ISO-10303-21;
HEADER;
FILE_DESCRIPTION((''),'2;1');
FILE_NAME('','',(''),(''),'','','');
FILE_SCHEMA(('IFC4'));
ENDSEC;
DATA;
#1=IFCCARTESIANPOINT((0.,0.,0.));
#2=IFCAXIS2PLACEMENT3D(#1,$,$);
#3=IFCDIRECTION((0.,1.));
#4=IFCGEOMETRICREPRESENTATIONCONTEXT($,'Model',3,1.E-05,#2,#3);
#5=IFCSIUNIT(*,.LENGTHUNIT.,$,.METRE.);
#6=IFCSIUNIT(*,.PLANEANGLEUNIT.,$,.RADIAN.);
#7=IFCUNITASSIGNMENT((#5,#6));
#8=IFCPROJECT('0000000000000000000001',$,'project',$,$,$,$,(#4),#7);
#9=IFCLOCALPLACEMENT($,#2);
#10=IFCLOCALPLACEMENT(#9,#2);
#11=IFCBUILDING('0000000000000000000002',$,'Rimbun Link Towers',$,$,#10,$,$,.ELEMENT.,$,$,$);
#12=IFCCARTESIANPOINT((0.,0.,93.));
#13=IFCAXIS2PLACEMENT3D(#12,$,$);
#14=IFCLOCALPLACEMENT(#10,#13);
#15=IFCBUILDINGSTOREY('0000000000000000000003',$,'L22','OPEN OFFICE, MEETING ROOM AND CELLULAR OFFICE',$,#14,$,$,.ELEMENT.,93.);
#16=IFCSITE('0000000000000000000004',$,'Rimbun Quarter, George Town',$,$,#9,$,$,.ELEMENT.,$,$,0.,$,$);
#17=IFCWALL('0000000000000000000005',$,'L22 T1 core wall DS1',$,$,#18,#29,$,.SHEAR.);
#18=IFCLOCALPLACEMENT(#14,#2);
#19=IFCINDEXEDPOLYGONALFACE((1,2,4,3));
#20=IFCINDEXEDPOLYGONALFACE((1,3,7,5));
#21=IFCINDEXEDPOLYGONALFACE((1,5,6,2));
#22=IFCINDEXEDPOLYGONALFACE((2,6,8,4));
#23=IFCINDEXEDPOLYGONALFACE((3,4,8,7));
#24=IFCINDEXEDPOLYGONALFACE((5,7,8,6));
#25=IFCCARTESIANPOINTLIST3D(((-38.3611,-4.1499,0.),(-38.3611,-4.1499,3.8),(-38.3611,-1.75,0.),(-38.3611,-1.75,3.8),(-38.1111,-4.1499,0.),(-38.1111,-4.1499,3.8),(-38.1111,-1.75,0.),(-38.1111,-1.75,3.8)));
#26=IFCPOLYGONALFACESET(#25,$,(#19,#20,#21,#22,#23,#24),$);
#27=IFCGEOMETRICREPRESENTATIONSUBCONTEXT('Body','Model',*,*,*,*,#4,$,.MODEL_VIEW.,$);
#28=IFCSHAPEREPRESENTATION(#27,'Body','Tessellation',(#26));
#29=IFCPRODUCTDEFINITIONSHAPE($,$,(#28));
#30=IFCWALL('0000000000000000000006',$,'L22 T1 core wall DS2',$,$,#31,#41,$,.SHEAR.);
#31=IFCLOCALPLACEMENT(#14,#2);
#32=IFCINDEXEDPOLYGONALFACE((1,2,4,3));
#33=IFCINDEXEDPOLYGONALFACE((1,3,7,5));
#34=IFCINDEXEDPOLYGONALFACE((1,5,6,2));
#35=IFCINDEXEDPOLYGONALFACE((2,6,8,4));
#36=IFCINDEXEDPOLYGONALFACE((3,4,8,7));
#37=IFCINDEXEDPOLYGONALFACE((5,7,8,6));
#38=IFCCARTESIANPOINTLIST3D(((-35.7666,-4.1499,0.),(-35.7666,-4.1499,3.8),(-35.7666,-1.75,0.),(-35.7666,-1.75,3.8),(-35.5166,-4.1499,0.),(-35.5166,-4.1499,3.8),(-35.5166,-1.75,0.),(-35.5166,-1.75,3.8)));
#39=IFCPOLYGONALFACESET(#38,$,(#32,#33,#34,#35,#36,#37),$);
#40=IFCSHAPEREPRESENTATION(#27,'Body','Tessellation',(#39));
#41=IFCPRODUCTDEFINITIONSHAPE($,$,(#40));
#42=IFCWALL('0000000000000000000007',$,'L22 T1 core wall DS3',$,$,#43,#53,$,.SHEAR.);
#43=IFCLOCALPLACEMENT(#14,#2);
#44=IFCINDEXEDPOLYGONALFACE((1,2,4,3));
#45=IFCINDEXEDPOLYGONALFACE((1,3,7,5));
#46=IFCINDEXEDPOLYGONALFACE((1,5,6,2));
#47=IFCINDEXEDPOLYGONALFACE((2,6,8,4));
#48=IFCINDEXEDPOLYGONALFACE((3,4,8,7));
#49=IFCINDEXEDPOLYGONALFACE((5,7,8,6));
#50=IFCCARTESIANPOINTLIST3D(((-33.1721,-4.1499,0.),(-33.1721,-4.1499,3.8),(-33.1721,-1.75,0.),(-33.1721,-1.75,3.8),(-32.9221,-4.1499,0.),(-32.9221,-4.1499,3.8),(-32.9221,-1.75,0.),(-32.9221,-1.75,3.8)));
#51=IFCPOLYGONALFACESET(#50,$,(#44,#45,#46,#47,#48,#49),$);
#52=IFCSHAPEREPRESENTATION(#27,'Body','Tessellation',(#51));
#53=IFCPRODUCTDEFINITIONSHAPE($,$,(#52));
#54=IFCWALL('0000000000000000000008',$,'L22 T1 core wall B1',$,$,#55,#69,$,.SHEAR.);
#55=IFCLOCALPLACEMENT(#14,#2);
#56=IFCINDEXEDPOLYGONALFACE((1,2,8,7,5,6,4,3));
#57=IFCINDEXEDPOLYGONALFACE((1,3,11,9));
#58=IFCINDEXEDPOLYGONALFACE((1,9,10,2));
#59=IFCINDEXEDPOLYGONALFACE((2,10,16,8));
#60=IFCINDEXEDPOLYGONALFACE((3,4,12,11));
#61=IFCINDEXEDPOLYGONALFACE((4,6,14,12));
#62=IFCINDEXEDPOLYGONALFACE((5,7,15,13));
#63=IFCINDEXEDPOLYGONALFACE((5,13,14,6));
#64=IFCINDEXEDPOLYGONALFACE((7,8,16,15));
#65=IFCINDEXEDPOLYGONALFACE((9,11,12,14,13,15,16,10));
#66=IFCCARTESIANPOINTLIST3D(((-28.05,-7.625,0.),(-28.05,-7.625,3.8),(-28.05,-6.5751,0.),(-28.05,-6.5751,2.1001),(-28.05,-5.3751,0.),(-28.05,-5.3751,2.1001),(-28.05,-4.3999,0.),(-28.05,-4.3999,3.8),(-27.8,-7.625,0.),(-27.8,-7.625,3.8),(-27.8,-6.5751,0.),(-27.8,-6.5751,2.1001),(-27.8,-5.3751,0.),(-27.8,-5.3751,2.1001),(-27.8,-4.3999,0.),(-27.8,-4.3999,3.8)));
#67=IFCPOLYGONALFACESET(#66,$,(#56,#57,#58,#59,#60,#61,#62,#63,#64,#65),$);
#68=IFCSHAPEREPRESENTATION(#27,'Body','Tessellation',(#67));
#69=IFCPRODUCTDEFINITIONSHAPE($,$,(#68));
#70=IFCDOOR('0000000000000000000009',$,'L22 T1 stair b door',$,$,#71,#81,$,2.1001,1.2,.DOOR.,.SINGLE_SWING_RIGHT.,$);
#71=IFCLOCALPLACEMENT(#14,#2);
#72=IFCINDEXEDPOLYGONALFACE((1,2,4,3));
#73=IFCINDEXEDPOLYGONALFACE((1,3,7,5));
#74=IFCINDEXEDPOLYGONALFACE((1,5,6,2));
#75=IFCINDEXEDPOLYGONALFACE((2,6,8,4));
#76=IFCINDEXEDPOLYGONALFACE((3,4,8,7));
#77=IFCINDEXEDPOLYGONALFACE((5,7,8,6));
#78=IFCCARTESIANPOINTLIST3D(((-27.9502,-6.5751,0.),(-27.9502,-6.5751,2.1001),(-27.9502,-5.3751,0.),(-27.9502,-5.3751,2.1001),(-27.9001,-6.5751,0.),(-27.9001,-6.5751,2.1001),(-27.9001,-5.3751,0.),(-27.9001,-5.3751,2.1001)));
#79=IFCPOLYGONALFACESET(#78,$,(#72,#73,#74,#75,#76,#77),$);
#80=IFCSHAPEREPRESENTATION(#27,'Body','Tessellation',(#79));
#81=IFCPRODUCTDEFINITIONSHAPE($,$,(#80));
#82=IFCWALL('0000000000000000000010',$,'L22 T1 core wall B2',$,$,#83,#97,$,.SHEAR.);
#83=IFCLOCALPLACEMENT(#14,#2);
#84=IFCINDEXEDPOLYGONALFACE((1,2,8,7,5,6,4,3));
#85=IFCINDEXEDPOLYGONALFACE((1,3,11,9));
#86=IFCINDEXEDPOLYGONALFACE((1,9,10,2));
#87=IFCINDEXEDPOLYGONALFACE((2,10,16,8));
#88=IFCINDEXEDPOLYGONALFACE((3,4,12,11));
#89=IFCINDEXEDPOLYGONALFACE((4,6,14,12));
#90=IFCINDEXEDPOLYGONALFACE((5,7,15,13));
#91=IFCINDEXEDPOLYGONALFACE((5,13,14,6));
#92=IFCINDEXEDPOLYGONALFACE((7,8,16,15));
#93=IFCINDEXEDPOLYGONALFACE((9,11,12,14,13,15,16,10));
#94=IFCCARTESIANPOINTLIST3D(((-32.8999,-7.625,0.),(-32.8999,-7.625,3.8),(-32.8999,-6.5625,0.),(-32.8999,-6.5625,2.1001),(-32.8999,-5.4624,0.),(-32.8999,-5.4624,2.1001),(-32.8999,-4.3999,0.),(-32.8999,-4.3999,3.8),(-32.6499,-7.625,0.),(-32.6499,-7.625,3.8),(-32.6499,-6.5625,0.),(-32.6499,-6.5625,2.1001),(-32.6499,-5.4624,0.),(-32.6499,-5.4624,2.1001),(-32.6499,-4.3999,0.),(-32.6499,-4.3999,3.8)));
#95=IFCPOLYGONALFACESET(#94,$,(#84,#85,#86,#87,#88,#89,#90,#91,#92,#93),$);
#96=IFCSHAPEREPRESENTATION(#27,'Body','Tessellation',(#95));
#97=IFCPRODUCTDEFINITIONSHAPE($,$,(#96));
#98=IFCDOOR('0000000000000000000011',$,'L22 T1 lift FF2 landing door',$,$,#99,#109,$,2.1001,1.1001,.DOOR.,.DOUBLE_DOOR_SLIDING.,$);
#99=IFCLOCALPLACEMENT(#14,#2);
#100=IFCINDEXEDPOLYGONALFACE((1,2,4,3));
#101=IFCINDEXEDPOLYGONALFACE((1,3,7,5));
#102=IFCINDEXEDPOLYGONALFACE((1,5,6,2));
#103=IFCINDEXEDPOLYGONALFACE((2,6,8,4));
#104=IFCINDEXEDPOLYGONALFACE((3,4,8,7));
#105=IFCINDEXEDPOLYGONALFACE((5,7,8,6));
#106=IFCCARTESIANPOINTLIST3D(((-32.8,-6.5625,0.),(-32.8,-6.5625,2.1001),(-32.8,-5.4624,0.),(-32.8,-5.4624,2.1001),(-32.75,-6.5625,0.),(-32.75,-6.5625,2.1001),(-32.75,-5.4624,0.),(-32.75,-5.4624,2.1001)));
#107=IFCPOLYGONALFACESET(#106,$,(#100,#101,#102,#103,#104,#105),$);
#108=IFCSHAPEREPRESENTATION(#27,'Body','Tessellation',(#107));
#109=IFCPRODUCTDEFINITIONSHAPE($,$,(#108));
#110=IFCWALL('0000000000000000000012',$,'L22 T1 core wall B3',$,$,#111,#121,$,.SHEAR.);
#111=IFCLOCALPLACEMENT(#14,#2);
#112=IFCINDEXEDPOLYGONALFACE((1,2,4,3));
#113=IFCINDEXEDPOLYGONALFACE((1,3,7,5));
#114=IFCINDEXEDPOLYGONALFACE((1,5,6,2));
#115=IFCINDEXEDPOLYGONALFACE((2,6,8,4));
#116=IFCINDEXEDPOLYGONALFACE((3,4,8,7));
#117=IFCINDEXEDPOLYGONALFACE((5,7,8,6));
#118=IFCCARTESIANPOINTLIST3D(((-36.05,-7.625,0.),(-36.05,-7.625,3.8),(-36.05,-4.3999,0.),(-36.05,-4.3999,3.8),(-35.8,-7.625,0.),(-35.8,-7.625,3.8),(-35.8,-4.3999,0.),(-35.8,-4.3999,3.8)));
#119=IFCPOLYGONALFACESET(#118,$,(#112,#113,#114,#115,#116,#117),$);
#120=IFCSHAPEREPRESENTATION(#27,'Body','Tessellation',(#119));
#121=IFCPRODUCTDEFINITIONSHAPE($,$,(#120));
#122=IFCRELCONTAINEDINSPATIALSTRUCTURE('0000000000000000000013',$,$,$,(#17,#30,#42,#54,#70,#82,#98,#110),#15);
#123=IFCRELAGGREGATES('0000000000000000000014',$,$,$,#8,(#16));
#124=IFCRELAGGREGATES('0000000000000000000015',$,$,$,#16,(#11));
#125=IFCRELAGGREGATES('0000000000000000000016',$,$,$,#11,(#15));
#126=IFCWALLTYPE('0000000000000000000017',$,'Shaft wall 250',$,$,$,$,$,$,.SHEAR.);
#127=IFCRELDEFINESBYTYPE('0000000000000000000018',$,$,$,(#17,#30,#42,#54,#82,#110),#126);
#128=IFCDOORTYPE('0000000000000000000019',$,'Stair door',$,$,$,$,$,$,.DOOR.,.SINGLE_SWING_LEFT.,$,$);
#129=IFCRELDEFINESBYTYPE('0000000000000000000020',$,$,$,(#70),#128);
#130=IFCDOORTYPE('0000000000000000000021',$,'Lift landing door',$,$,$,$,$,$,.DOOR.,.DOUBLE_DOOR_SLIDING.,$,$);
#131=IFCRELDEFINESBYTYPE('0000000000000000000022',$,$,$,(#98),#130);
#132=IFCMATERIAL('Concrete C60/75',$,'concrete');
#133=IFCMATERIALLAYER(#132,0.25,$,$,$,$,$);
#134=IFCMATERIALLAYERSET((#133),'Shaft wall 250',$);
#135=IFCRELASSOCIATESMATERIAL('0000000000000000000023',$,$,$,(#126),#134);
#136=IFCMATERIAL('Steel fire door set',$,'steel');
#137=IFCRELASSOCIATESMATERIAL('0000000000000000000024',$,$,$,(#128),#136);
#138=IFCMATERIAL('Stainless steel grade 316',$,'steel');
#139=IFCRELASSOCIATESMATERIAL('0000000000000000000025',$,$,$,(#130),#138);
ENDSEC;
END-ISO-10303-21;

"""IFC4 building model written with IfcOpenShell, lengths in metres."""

from ifc_helpers import new_model, si_unit, direction, frame, frame_2d, origin, place, context, subcontext, project, spatial, rectangle, extrude, material, layer, layer_set, type_object, element, fill, save


model = new_model("IFC4")

# Units and contexts
model_context = context("Model", 3, precision=1e-05, world=origin(), true_north=direction((0.0, 1.0)))
body_context = subcontext(model_context, "Body", "Model", "MODEL_VIEW")
ifc_project = project(units=[si_unit("LENGTHUNIT", "METRE"), si_unit("PLANEANGLEUNIT", "RADIAN")], contexts=[model_context])

# Site, building, storey
site_placement = place(None, origin())
site = spatial("IfcSite", under=ifc_project, at=site_placement, Name="Rimbun Quarter, George Town", CompositionType="ELEMENT", RefElevation=0.0)
building_placement = place(site_placement, origin())
building = spatial("IfcBuilding", under=site, at=building_placement, Name="Rimbun Link Towers", CompositionType="ELEMENT")
storey_placement = place(building_placement, frame((0.0, 0.0, 93.0)))
storey = spatial("IfcBuildingStorey", under=building, at=storey_placement, Name="L22", Description="OPEN OFFICE, MEETING ROOM AND CELLULAR OFFICE", CompositionType="ELEMENT", Elevation=93.0)

# Walls
ifc_material_1 = material(Name="Concrete C60/75", Category="concrete")
ifc_layer_1 = layer(ifc_material_1, 0.25)
ifc_layer_set_1 = layer_set([ifc_layer_1], Name="Shaft wall 250")
wall_type_1 = type_object("IfcWallType", Name="Shaft wall 250", PredefinedType="SHEAR", material=ifc_layer_set_1)
for number, where, z_axis, x_axis, name in (
    (1, (-38.2361, -4.1499, 0.0), (0.0, 0.0, 1.0), (0.0, 1.0, 0.0), "L22 T1 core wall DS1"),
    (2, (-35.6416, -4.1499, 0.0), (0.0, 0.0, 1.0), (0.0, 1.0, 0.0), "L22 T1 core wall DS2"),
    (3, (-33.0471, -4.1499, 0.0), (0.0, 0.0, 1.0), (0.0, 1.0, 0.0), "L22 T1 core wall DS3"),
):
    element("IfcWall", number, at=place(storey_placement, frame(where, z_axis=z_axis, x_axis=x_axis)), inside=storey, type_object=wall_type_1, Name=name, PredefinedType="SHEAR", context=body_context, shape_type="SweptSolid", body=[
        extrude(rectangle(XDim=2.3999, YDim=0.25, at=frame_2d((1.2, 0.0))), origin(), (0.0, 0.0, 1.0), 3.8),
    ])

# Walls, openings, doors
wall_1_placement = place(storey_placement, frame((-27.925, -4.3999, 0.0), z_axis=(0.0, 0.0, 1.0), x_axis=(0.0, -1.0, 0.0)))
wall_1 = element("IfcWall", 4, at=wall_1_placement, inside=storey, type_object=wall_type_1, Name="L22 T1 core wall B1", PredefinedType="SHEAR", context=body_context, shape_type="SweptSolid", body=[
    extrude(rectangle(XDim=3.2251, YDim=0.25, at=frame_2d((1.6125, 0.0))), origin(), (0.0, 0.0, 1.0), 3.8),
])
opening_1_placement = place(wall_1_placement, frame((0.9751, 0.0, 0.0)))
opening_1 = element("IfcOpeningElement", 5, at=opening_1_placement, cuts=wall_1, PredefinedType="OPENING", context=body_context, shape_type="SweptSolid", body=[
    extrude(rectangle(XDim=1.2, YDim=2.1001, at=frame_2d((0.6001, 1.05))), frame((0.0, 0.135, 0.0), z_axis=(0.0, -1.0, 0.0), x_axis=(1.0, 0.0, 0.0)), (0.0, 0.0, 1.0), 0.27),
])
ifc_material_2 = material(Name="Steel fire door set", Category="steel")
door_type_1 = type_object("IfcDoorType", Name="Stair door", OperationType="SINGLE_SWING_LEFT", PredefinedType="DOOR", material=ifc_material_2)
door_1_placement = place(opening_1_placement, origin())
door_1 = element("IfcDoor", 6, at=door_1_placement, inside=storey, type_object=door_type_1, Name="L22 T1 stair b door", OperationType="SINGLE_SWING_RIGHT", OverallHeight=2.1001, OverallWidth=1.2, PredefinedType="DOOR", context=body_context, shape_type="SweptSolid", body=[
    extrude(rectangle(XDim=1.2, YDim=2.1001, at=frame_2d((0.6001, 1.05))), frame((0.0, 0.0249, 0.0), z_axis=(0.0, -1.0, 0.0), x_axis=(1.0, 0.0, 0.0)), (0.0, 0.0, 1.0), 0.05),
])
fill(opening_1, door_1)
wall_2_placement = place(storey_placement, frame((-32.7749, -4.3999, 0.0), z_axis=(0.0, 0.0, 1.0), x_axis=(0.0, -1.0, 0.0)))
wall_2 = element("IfcWall", 7, at=wall_2_placement, inside=storey, type_object=wall_type_1, Name="L22 T1 core wall B2", PredefinedType="SHEAR", context=body_context, shape_type="SweptSolid", body=[
    extrude(rectangle(XDim=3.2251, YDim=0.25, at=frame_2d((1.6125, 0.0))), origin(), (0.0, 0.0, 1.0), 3.8),
])
opening_2_placement = place(wall_2_placement, frame((1.0625, 0.0, 0.0)))
opening_2 = element("IfcOpeningElement", 8, at=opening_2_placement, cuts=wall_2, PredefinedType="OPENING", context=body_context, shape_type="SweptSolid", body=[
    extrude(rectangle(XDim=1.1001, YDim=2.1001, at=frame_2d((0.55, 1.05))), frame((0.0, 0.135, 0.0), z_axis=(0.0, -1.0, 0.0), x_axis=(1.0, 0.0, 0.0)), (0.0, 0.0, 1.0), 0.27),
])
ifc_material_3 = material(Name="Stainless steel grade 316", Category="steel")
door_type_2 = type_object("IfcDoorType", Name="Lift landing door", OperationType="DOUBLE_DOOR_SLIDING", PredefinedType="DOOR", material=ifc_material_3)
door_2_placement = place(opening_2_placement, origin())
door_2 = element("IfcDoor", 9, at=door_2_placement, inside=storey, type_object=door_type_2, Name="L22 T1 lift FF2 landing door", OperationType="DOUBLE_DOOR_SLIDING", OverallHeight=2.1001, OverallWidth=1.1001, PredefinedType="DOOR", context=body_context, shape_type="SweptSolid", body=[
    extrude(rectangle(XDim=1.1001, YDim=2.1001, at=frame_2d((0.55, 1.05))), frame((0.0, 0.0249, 0.0), z_axis=(0.0, -1.0, 0.0), x_axis=(1.0, 0.0, 0.0)), (0.0, 0.0, 1.0), 0.05),
])
fill(opening_2, door_2)

# Wall
wall_3_placement = place(storey_placement, frame((-35.925, -4.3999, 0.0), z_axis=(0.0, 0.0, 1.0), x_axis=(0.0, -1.0, 0.0)))
element("IfcWall", 10, at=wall_3_placement, inside=storey, type_object=wall_type_1, Name="L22 T1 core wall B3", PredefinedType="SHEAR", context=body_context, shape_type="SweptSolid", body=[
    extrude(rectangle(XDim=3.2251, YDim=0.25, at=frame_2d((1.6125, 0.0))), origin(), (0.0, 0.0, 1.0), 3.8),
])

save(model, "model.ifc")
